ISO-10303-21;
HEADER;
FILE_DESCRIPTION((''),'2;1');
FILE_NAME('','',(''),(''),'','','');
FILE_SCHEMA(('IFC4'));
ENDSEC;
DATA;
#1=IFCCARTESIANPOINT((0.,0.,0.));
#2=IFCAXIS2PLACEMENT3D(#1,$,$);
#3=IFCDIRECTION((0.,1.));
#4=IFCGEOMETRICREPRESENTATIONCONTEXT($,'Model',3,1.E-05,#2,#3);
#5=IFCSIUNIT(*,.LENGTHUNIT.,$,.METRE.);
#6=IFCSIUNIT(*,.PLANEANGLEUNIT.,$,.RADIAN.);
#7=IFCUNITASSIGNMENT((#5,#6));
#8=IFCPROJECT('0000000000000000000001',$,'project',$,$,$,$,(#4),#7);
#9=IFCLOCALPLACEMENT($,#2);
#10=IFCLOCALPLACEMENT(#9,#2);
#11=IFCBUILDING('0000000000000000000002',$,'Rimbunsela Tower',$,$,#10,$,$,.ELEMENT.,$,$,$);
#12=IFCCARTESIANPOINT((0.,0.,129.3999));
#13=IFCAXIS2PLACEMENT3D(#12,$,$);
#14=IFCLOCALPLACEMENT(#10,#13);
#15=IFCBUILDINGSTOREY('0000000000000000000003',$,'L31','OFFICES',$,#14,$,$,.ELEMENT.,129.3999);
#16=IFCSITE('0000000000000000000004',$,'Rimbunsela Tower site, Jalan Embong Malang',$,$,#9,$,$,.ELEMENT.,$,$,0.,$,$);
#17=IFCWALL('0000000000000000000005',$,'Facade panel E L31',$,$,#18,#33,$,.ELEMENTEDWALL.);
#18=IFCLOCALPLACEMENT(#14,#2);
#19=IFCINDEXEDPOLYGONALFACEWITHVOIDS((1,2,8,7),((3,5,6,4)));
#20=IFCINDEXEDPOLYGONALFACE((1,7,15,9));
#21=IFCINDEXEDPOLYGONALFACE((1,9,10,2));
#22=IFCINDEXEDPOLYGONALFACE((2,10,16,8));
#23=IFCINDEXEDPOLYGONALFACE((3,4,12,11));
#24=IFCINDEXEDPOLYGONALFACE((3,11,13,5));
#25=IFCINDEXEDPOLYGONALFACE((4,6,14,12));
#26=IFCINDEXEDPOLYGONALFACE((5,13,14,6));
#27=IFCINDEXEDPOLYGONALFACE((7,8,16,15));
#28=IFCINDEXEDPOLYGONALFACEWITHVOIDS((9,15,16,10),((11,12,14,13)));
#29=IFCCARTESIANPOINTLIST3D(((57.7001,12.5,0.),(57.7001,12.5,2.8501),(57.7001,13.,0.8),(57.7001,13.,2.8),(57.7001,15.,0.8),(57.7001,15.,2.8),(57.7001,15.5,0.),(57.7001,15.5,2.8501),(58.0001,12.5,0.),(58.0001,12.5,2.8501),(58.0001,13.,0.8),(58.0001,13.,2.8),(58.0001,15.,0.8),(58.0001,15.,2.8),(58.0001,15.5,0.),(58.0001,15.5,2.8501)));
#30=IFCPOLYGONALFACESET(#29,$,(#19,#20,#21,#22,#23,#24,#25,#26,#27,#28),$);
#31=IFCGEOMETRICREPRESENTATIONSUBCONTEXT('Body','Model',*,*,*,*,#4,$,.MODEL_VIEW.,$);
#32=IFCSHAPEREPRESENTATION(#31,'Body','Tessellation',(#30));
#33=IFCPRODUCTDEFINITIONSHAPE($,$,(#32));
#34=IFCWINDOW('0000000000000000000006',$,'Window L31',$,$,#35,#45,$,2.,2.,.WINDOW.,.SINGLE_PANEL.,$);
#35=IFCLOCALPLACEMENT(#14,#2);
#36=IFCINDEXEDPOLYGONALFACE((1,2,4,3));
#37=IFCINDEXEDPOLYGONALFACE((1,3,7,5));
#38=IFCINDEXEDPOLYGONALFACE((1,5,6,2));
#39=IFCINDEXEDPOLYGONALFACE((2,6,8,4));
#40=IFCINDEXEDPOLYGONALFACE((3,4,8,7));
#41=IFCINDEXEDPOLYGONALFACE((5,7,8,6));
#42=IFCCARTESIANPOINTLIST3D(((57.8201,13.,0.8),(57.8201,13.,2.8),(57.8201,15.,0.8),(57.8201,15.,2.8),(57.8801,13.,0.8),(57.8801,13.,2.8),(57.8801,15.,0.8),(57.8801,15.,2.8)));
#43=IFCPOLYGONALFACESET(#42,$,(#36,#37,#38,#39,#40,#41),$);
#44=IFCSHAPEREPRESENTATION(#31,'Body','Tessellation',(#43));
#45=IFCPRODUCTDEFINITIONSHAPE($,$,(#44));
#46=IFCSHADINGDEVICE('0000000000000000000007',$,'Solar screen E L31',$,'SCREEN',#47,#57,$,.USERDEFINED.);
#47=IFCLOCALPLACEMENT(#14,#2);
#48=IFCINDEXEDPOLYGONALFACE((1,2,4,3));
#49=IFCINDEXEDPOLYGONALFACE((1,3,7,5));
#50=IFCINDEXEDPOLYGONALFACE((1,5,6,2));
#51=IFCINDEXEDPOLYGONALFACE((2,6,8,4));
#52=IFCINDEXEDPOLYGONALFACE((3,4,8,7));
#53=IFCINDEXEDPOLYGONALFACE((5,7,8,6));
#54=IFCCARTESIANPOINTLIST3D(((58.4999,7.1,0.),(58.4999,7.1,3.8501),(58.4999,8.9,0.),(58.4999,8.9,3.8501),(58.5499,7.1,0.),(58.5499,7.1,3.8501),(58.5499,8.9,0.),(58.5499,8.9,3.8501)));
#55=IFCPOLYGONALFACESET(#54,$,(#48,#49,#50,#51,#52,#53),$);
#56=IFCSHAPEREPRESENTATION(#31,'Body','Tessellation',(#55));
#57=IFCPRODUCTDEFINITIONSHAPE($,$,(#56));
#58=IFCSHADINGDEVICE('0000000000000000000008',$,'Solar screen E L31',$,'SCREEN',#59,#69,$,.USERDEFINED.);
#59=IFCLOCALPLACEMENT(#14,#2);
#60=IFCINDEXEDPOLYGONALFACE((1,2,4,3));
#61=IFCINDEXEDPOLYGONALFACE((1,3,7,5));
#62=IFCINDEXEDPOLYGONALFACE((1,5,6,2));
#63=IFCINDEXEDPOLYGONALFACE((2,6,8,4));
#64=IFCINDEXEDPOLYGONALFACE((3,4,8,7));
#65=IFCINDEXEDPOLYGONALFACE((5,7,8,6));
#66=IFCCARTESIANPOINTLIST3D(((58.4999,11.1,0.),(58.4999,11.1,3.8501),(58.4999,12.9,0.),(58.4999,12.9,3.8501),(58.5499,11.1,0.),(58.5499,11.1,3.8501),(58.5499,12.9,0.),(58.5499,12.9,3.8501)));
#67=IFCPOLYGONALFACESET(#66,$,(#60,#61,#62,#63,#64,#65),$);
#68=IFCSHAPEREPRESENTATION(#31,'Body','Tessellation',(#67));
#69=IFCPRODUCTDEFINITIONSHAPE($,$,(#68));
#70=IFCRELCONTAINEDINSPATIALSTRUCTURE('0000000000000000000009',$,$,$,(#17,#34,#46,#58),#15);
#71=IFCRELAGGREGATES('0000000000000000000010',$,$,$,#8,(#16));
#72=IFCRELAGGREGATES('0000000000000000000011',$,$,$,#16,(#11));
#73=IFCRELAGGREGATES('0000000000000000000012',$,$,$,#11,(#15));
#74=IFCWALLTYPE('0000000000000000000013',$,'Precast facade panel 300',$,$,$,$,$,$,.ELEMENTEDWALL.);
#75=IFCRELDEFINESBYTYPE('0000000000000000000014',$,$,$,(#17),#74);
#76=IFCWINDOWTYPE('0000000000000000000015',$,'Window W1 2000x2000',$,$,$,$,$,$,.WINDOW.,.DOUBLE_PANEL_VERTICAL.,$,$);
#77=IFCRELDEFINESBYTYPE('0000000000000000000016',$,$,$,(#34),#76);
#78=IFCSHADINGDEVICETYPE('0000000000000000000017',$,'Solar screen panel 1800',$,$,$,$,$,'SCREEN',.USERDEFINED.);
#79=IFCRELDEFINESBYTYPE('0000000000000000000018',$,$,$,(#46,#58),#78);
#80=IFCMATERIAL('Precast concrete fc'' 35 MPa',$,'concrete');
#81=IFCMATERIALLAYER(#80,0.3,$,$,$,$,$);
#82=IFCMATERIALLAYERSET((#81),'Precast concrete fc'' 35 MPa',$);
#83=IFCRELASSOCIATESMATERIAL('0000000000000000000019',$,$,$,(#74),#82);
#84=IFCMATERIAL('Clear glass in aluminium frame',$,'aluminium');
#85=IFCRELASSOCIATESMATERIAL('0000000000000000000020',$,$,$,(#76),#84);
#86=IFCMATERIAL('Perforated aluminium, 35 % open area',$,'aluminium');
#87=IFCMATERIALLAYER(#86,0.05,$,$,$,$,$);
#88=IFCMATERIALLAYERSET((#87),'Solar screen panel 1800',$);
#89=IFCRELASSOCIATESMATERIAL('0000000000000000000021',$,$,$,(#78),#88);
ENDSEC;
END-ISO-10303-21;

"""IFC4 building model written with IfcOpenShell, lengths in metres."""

from ifc_helpers import new_model, si_unit, direction, frame, frame_2d, origin, origin_2d, place, context, subcontext, project, spatial, rectangle, extrude, material, layer, layer_set, type_object, element, fill, save


model = new_model("IFC4")

# Units and contexts
model_context = context("Model", 3, precision=1e-05, world=origin(), true_north=direction((0.0, 1.0)))
body_context = subcontext(model_context, "Body", "Model", "MODEL_VIEW")
ifc_project = project(units=[si_unit("LENGTHUNIT", "METRE"), si_unit("PLANEANGLEUNIT", "RADIAN")], contexts=[model_context])

# Site, building, storey
site_placement = place(None, origin())
site = spatial("IfcSite", under=ifc_project, at=site_placement, Name="Rimbunsela Tower site, Jalan Embong Malang", CompositionType="ELEMENT", RefElevation=0.0)
building_placement = place(site_placement, origin())
building = spatial("IfcBuilding", under=site, at=building_placement, Name="Rimbunsela Tower", CompositionType="ELEMENT")
storey_placement = place(building_placement, frame((0.0, 0.0, 129.3999)))
storey = spatial("IfcBuildingStorey", under=building, at=storey_placement, Name="L31", Description="OFFICES", CompositionType="ELEMENT", Elevation=129.3999)

# Shared definitions
ifc_material_1 = material(Name="Precast concrete fc' 35 MPa", Category="concrete")
ifc_layer_1 = layer(ifc_material_1, 0.3)
ifc_layer_set_1 = layer_set([ifc_layer_1], Name="Precast concrete fc' 35 MPa")
wall_type = type_object("IfcWallType", Name="Precast facade panel 300", PredefinedType="ELEMENTEDWALL", material=ifc_layer_set_1)

# Wall, opening, window
ifc_material_2 = material(Name="Clear glass in aluminium frame", Category="aluminium")
window_type = type_object("IfcWindowType", Name="Window W1 2000x2000", PartitioningType="DOUBLE_PANEL_VERTICAL", PredefinedType="WINDOW", material=ifc_material_2)
wall_1_placement = place(storey_placement, frame((57.8501, 12.5, 0.0), z_axis=(0.0, 0.0, 1.0), x_axis=(0.0, 1.0, 0.0)))
wall_1 = element("IfcWall", 1, at=wall_1_placement, inside=storey, type_object=wall_type, Name="Facade panel E L31", PredefinedType="ELEMENTEDWALL", context=body_context, shape_type="SweptSolid", body=[
    extrude(rectangle(XDim=3.0, YDim=0.3, at=frame_2d((1.5, 0.0))), origin(), (0.0, 0.0, 1.0), 2.8501),
])
opening_1_placement = place(wall_1_placement, frame((0.5, 0.0, 0.8)))
opening_1 = element("IfcOpeningElement", 2, at=opening_1_placement, cuts=wall_1, PredefinedType="OPENING", context=body_context, shape_type="SweptSolid", body=[
    extrude(rectangle(XDim=2.0, YDim=2.0, at=frame_2d((1.0, 1.0))), frame((0.0, 0.1599, 0.0), z_axis=(0.0, -1.0, 0.0), x_axis=(1.0, 0.0, 0.0)), (0.0, 0.0, 1.0), 0.3201),
])
window_1_placement = place(opening_1_placement, origin())
window_1 = element("IfcWindow", 3, at=window_1_placement, inside=storey, type_object=window_type, Name="Window L31", OverallHeight=2.0, OverallWidth=2.0, PartitioningType="SINGLE_PANEL", PredefinedType="WINDOW", context=body_context, shape_type="SweptSolid", body=[
    extrude(rectangle(XDim=2.0, YDim=2.0, at=frame_2d((1.0, 1.0))), frame((0.0, 0.03, 0.0), z_axis=(0.0, -1.0, 0.0), x_axis=(1.0, 0.0, 0.0)), (0.0, 0.0, 1.0), 0.0601),
])
fill(opening_1, window_1)

# Shading devices
ifc_material_3 = material(Name="Perforated aluminium, 35 % open area", Category="aluminium")
ifc_layer_2 = layer(ifc_material_3, 0.05)
ifc_layer_set_2 = layer_set([ifc_layer_2], Name="Solar screen panel 1800")
shading_device_type = type_object("IfcShadingDeviceType", Name="Solar screen panel 1800", ElementType="SCREEN", PredefinedType="USERDEFINED", material=ifc_layer_set_2)
for number, where, z_axis, x_axis, name in (
    (4, (58.5249, 8.0, 0.0), (0.0, 0.0, 1.0), (0.0, 1.0, 0.0), "Solar screen E L31"),
    (5, (58.5249, 12.0, 0.0), (0.0, 0.0, 1.0), (0.0, 1.0, 0.0), "Solar screen E L31"),
):
    element("IfcShadingDevice", number, at=place(storey_placement, frame(where, z_axis=z_axis, x_axis=x_axis)), inside=storey, type_object=shading_device_type, Name=name, ObjectType="SCREEN", PredefinedType="USERDEFINED", context=body_context, shape_type="SweptSolid", body=[
        extrude(rectangle(XDim=1.8, YDim=0.05, at=origin_2d()), origin(), (0.0, 0.0, 1.0), 3.8501),
    ])

save(model, "model.ifc")
